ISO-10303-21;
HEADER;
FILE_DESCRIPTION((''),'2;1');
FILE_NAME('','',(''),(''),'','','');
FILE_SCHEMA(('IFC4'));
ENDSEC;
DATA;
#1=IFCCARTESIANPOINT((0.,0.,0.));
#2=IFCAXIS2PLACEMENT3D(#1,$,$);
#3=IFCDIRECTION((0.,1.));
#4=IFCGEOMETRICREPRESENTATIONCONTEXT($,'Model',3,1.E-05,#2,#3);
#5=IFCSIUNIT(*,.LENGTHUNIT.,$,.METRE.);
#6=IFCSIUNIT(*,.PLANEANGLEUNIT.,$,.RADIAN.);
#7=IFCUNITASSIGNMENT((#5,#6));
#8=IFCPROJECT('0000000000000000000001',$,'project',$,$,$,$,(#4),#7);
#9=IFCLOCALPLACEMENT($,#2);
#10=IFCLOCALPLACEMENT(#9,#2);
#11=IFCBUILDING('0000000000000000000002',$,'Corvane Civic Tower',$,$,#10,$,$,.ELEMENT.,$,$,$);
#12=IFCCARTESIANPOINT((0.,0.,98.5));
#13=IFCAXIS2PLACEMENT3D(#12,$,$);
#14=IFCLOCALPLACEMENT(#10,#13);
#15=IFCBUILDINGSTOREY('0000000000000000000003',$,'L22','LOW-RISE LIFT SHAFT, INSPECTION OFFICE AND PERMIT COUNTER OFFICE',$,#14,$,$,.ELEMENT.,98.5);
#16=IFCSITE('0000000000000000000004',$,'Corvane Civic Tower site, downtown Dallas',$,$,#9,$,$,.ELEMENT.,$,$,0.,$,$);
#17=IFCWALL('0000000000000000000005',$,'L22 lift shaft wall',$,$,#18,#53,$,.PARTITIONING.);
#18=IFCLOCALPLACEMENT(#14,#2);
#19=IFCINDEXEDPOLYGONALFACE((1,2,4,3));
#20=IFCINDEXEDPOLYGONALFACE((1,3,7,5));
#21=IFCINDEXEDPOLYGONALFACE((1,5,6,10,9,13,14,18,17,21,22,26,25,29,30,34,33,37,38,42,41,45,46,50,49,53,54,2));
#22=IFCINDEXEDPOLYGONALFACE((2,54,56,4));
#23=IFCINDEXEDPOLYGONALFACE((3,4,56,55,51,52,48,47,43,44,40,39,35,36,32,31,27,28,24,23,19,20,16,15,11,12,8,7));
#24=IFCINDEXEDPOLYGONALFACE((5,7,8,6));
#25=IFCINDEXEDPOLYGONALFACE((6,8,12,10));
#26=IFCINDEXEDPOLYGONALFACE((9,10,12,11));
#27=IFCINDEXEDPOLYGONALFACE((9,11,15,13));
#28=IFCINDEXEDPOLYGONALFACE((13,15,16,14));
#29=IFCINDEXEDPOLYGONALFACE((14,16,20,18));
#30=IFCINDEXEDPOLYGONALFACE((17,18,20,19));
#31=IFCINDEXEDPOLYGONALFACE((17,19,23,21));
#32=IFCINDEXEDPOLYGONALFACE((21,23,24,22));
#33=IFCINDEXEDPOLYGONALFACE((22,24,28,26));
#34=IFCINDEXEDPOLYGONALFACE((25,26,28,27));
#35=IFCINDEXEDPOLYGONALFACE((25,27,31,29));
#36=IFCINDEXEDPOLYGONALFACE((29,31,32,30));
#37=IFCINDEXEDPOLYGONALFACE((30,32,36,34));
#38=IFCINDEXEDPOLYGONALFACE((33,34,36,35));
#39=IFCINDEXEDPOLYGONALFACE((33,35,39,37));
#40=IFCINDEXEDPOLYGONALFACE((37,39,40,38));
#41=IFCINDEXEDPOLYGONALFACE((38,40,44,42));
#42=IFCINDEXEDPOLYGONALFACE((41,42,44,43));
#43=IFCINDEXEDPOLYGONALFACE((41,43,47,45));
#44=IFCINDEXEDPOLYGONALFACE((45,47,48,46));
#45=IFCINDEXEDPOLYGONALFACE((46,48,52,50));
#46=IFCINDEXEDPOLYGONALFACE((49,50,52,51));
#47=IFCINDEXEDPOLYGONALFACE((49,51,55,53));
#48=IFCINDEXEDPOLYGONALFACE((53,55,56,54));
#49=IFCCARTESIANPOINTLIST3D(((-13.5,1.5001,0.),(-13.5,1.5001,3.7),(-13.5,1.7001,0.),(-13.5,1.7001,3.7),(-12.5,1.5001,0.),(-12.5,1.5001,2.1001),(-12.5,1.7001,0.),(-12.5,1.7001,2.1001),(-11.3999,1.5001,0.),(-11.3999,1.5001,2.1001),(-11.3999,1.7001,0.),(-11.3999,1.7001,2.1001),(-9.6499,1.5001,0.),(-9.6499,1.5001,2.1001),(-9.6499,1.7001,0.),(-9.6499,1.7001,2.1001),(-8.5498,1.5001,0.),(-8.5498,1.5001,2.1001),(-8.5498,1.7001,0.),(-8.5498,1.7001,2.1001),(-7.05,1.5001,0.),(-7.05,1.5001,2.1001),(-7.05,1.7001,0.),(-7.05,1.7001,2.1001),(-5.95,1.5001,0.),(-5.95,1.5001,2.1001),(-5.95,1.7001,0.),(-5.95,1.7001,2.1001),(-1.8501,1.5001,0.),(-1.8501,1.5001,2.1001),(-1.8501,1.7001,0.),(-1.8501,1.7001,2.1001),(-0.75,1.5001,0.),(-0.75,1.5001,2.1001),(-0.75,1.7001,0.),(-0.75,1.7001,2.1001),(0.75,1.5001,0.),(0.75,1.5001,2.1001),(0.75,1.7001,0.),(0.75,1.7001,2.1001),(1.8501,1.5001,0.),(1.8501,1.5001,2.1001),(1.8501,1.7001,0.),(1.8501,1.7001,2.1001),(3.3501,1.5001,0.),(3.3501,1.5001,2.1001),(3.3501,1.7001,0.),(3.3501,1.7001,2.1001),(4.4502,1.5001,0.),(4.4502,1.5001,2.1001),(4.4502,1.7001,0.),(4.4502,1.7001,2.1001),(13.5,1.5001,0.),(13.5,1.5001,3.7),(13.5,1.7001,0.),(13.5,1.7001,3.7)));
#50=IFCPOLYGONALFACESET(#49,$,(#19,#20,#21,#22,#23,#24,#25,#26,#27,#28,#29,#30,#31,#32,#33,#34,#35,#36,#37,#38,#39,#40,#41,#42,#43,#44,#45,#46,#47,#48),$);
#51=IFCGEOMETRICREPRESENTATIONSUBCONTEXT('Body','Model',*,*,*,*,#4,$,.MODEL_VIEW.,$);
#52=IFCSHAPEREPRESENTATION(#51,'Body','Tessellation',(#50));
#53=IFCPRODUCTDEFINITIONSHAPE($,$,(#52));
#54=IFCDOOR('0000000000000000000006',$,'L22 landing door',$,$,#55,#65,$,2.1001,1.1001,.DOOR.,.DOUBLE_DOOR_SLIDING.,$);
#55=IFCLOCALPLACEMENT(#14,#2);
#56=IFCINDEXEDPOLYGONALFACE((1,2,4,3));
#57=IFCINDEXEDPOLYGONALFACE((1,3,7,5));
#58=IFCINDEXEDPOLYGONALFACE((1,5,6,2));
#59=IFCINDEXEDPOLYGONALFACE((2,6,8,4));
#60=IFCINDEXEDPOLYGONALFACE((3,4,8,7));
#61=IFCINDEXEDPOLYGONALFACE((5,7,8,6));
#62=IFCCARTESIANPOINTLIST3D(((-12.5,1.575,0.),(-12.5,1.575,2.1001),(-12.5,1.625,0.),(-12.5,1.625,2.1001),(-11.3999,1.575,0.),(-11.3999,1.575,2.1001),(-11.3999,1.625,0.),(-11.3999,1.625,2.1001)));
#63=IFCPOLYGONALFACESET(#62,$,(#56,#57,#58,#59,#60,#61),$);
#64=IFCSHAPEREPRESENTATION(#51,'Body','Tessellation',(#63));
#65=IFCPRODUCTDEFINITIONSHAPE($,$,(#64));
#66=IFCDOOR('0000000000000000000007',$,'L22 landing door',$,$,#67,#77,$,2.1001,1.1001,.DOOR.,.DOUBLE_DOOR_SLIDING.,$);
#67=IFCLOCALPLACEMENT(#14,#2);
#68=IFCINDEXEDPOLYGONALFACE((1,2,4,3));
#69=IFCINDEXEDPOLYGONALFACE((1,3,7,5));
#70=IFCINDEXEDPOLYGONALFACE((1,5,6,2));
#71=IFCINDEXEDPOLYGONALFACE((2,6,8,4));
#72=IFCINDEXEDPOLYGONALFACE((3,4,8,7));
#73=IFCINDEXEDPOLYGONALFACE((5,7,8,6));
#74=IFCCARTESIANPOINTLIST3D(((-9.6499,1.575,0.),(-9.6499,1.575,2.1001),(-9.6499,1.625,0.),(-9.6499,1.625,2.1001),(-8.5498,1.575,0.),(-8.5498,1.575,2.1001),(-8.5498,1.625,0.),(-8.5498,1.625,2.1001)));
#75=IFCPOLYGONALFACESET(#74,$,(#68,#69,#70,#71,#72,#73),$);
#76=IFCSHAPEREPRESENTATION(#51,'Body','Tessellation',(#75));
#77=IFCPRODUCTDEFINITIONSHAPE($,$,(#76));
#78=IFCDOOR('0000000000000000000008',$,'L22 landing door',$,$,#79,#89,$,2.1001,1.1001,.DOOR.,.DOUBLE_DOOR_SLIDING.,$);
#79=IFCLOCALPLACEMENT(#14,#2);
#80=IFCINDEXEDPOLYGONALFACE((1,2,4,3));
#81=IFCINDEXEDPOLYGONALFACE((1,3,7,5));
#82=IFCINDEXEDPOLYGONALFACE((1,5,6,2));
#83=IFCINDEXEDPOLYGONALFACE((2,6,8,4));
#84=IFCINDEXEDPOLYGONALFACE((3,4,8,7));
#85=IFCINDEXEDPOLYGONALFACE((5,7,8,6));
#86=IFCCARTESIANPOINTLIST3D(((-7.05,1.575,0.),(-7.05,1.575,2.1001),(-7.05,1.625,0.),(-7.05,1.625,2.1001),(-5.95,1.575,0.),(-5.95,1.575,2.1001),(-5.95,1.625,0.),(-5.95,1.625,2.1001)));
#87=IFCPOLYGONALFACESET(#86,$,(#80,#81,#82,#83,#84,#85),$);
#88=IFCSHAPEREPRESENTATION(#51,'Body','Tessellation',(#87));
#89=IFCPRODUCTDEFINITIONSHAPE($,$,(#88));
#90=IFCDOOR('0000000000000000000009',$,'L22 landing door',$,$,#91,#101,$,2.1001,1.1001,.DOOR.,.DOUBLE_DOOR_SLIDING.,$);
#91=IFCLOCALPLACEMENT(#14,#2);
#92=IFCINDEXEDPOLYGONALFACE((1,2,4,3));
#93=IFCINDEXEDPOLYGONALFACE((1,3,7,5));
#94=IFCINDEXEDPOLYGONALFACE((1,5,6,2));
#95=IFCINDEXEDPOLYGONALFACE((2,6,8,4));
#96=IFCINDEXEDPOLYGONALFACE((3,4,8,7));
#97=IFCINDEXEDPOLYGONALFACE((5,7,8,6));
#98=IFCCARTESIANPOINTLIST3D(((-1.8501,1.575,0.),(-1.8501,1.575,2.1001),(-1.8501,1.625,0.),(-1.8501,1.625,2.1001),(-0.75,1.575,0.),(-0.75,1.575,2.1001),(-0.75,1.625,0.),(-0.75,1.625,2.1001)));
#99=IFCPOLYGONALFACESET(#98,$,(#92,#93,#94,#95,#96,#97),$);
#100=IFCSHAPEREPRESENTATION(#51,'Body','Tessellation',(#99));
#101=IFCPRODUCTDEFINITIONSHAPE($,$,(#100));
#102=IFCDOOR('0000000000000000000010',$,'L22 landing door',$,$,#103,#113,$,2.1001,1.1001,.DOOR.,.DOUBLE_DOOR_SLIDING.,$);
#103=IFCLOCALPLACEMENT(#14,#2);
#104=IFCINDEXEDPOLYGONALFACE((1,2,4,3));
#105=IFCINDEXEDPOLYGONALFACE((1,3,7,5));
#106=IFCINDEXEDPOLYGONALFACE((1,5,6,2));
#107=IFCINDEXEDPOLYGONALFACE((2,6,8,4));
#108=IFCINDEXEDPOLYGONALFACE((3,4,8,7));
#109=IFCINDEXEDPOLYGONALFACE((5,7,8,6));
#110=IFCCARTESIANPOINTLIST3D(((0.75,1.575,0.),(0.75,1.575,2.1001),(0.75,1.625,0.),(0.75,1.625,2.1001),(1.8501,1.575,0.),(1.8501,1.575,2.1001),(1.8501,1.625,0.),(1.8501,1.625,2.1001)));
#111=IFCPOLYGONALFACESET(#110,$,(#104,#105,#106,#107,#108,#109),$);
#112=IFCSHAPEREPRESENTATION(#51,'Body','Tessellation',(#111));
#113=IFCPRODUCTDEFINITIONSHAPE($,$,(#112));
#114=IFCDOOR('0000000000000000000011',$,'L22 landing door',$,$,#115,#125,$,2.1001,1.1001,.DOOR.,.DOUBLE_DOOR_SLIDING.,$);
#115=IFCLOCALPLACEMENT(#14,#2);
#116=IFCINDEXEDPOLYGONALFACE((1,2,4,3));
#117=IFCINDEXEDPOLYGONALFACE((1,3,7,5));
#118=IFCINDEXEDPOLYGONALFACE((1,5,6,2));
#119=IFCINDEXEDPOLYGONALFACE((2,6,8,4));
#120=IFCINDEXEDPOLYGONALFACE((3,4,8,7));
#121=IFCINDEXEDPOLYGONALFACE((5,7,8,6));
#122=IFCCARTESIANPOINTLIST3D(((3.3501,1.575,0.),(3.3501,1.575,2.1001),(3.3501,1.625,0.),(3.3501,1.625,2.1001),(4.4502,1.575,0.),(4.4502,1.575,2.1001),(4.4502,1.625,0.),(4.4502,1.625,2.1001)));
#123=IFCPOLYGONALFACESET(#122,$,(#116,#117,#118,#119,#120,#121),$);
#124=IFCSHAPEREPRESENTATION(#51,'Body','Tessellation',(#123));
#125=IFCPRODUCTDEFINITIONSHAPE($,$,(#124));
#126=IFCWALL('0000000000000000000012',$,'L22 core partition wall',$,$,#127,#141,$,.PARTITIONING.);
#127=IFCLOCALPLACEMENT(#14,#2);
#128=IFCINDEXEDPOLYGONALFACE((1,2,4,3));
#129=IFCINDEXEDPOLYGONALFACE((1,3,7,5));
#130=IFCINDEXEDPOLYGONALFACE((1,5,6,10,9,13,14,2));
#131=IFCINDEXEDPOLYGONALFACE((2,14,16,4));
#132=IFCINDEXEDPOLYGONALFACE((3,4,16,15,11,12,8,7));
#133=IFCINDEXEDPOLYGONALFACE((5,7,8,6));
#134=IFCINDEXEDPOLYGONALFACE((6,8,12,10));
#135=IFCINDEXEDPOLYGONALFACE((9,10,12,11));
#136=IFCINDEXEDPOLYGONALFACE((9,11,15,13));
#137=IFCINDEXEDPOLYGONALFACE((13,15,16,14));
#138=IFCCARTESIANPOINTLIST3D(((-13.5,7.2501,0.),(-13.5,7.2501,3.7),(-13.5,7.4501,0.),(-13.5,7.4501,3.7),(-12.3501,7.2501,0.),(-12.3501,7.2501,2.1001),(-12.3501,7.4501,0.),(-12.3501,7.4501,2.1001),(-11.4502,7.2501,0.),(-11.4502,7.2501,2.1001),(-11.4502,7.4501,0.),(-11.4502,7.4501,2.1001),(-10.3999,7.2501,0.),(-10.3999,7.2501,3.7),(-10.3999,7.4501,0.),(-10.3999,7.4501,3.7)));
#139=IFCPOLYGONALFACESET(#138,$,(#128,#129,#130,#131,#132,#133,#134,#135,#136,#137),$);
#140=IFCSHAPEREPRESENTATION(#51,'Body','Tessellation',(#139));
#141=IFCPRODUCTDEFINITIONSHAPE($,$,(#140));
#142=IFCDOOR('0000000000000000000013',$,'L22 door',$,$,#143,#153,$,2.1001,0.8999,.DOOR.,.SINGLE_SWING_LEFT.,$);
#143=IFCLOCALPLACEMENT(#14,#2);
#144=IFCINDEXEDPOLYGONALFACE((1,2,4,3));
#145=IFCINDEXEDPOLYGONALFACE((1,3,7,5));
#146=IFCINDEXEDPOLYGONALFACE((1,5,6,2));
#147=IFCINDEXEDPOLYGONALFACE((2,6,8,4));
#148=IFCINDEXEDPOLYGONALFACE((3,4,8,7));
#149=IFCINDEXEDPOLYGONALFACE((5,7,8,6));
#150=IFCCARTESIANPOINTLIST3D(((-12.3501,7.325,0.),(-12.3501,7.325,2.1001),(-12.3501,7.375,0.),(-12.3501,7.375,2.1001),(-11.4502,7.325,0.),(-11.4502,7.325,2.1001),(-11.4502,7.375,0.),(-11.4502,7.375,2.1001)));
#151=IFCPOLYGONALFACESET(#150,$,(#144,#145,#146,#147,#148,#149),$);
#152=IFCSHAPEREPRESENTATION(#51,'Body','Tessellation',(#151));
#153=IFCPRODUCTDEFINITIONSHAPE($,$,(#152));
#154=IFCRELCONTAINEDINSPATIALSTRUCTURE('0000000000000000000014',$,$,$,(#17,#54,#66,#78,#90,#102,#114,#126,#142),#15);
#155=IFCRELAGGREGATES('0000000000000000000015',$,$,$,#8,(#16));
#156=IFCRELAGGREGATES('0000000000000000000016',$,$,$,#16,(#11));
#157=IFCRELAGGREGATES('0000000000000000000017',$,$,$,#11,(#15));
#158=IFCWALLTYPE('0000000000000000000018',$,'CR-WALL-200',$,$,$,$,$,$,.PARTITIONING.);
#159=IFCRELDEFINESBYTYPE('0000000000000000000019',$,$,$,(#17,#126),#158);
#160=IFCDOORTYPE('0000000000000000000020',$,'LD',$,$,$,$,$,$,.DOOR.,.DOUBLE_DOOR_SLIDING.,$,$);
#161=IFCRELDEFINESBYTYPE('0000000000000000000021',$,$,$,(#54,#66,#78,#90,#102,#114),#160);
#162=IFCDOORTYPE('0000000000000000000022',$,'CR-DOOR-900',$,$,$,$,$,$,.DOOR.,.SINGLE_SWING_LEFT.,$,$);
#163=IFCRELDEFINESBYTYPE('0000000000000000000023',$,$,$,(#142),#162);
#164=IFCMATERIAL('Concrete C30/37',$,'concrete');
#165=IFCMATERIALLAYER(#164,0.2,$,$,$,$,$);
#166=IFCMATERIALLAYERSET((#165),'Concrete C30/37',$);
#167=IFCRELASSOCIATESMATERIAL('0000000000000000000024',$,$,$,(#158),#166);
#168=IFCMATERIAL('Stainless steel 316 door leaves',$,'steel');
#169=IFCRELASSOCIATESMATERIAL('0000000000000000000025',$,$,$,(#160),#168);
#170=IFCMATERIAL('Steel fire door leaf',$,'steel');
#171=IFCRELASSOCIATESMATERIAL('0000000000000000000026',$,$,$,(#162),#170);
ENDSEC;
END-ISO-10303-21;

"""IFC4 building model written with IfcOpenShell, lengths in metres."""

from ifc_helpers import new_model, si_unit, direction, frame, frame_2d, origin, place, context, subcontext, project, spatial, rectangle, extrude, material, layer, layer_set, type_object, element, fill, save


model = new_model("IFC4")

# Units and contexts
model_context = context("Model", 3, precision=1e-05, world=origin(), true_north=direction((0.0, 1.0)))
body_context = subcontext(model_context, "Body", "Model", "MODEL_VIEW")
ifc_project = project(units=[si_unit("LENGTHUNIT", "METRE"), si_unit("PLANEANGLEUNIT", "RADIAN")], contexts=[model_context])

# Site, building, storey
site_placement = place(None, origin())
site = spatial("IfcSite", under=ifc_project, at=site_placement, Name="Corvane Civic Tower site, downtown Dallas", CompositionType="ELEMENT", RefElevation=0.0)
building_placement = place(site_placement, origin())
building = spatial("IfcBuilding", under=site, at=building_placement, Name="Corvane Civic Tower", CompositionType="ELEMENT")
storey_placement = place(building_placement, frame((0.0, 0.0, 98.5)))
storey = spatial("IfcBuildingStorey", under=building, at=storey_placement, Name="L22", Description="LOW-RISE LIFT SHAFT, INSPECTION OFFICE AND PERMIT COUNTER OFFICE", CompositionType="ELEMENT", Elevation=98.5)

# Wall, openings, doors
ifc_material_1 = material(Name="Concrete C30/37", Category="concrete")
ifc_layer_1 = layer(ifc_material_1, 0.2)
ifc_layer_set_1 = layer_set([ifc_layer_1], Name="Concrete C30/37")
wall_type_1 = type_object("IfcWallType", Name="CR-WALL-200", PredefinedType="PARTITIONING", material=ifc_layer_set_1)
wall_1_placement = place(storey_placement, frame((-13.5, 1.6001, 0.0), z_axis=(0.0, 0.0, 1.0), x_axis=(1.0, 0.0, 0.0)))
wall_1 = element("IfcWall", 1, at=wall_1_placement, inside=storey, type_object=wall_type_1, Name="L22 lift shaft wall", PredefinedType="PARTITIONING", context=body_context, shape_type="SweptSolid", body=[
    extrude(rectangle(XDim=27.0, YDim=0.2, at=frame_2d((13.5, 0.0))), origin(), (0.0, 0.0, 1.0), 3.7),
])
opening_1_placement = place(wall_1_placement, frame((1.0, 0.0, 0.0)))
opening_1 = element("IfcOpeningElement", 2, at=opening_1_placement, cuts=wall_1, PredefinedType="OPENING", context=body_context, shape_type="SweptSolid", body=[
    extrude(rectangle(XDim=1.1001, YDim=2.1001, at=frame_2d((0.55, 1.05))), frame((0.0, 0.1099, 0.0), z_axis=(0.0, -1.0, 0.0), x_axis=(1.0, 0.0, 0.0)), (0.0, 0.0, 1.0), 0.22),
])
opening_2_placement = place(wall_1_placement, frame((3.8501, 0.0, 0.0)))
opening_2 = element("IfcOpeningElement", 3, at=opening_2_placement, cuts=wall_1, PredefinedType="OPENING", context=body_context, shape_type="SweptSolid", body=[
    extrude(rectangle(XDim=1.1001, YDim=2.1001, at=frame_2d((0.55, 1.05))), frame((0.0, 0.1099, 0.0), z_axis=(0.0, -1.0, 0.0), x_axis=(1.0, 0.0, 0.0)), (0.0, 0.0, 1.0), 0.22),
])
opening_3_placement = place(wall_1_placement, frame((6.45, 0.0, 0.0)))
opening_3 = element("IfcOpeningElement", 4, at=opening_3_placement, cuts=wall_1, PredefinedType="OPENING", context=body_context, shape_type="SweptSolid", body=[
    extrude(rectangle(XDim=1.1001, YDim=2.1001, at=frame_2d((0.55, 1.05))), frame((0.0, 0.1099, 0.0), z_axis=(0.0, -1.0, 0.0), x_axis=(1.0, 0.0, 0.0)), (0.0, 0.0, 1.0), 0.22),
])
opening_4_placement = place(wall_1_placement, frame((11.6499, 0.0, 0.0)))
opening_4 = element("IfcOpeningElement", 5, at=opening_4_placement, cuts=wall_1, PredefinedType="OPENING", context=body_context, shape_type="SweptSolid", body=[
    extrude(rectangle(XDim=1.1001, YDim=2.1001, at=frame_2d((0.55, 1.05))), frame((0.0, 0.1099, 0.0), z_axis=(0.0, -1.0, 0.0), x_axis=(1.0, 0.0, 0.0)), (0.0, 0.0, 1.0), 0.22),
])
opening_5_placement = place(wall_1_placement, frame((14.25, 0.0, 0.0)))
opening_5 = element("IfcOpeningElement", 6, at=opening_5_placement, cuts=wall_1, PredefinedType="OPENING", context=body_context, shape_type="SweptSolid", body=[
    extrude(rectangle(XDim=1.1001, YDim=2.1001, at=frame_2d((0.55, 1.05))), frame((0.0, 0.1099, 0.0), z_axis=(0.0, -1.0, 0.0), x_axis=(1.0, 0.0, 0.0)), (0.0, 0.0, 1.0), 0.22),
])
opening_6_placement = place(wall_1_placement, frame((16.8501, 0.0, 0.0)))
opening_6 = element("IfcOpeningElement", 7, at=opening_6_placement, cuts=wall_1, PredefinedType="OPENING", context=body_context, shape_type="SweptSolid", body=[
    extrude(rectangle(XDim=1.1001, YDim=2.1001, at=frame_2d((0.55, 1.05))), frame((0.0, 0.1099, 0.0), z_axis=(0.0, -1.0, 0.0), x_axis=(1.0, 0.0, 0.0)), (0.0, 0.0, 1.0), 0.22),
])
ifc_material_2 = material(Name="Stainless steel 316 door leaves", Category="steel")
door_type_1 = type_object("IfcDoorType", Name="LD", OperationType="DOUBLE_DOOR_SLIDING", PredefinedType="DOOR", material=ifc_material_2)
door_1_placement = place(opening_1_placement, origin())
door_1 = element("IfcDoor", 8, at=door_1_placement, inside=storey, type_object=door_type_1, Name="L22 landing door", OperationType="DOUBLE_DOOR_SLIDING", OverallHeight=2.1001, OverallWidth=1.1001, PredefinedType="DOOR", context=body_context, shape_type="SweptSolid", body=[
    extrude(rectangle(XDim=1.1001, YDim=2.1001, at=frame_2d((0.55, 1.05))), frame((0.0, 0.0249, 0.0), z_axis=(0.0, -1.0, 0.0), x_axis=(1.0, 0.0, 0.0)), (0.0, 0.0, 1.0), 0.05),
])
fill(opening_1, door_1)
door_2_placement = place(opening_2_placement, origin())
door_2 = element("IfcDoor", 9, at=door_2_placement, inside=storey, type_object=door_type_1, Name="L22 landing door", OperationType="DOUBLE_DOOR_SLIDING", OverallHeight=2.1001, OverallWidth=1.1001, PredefinedType="DOOR", context=body_context, shape_type="SweptSolid", body=[
    extrude(rectangle(XDim=1.1001, YDim=2.1001, at=frame_2d((0.55, 1.05))), frame((0.0, 0.0249, 0.0), z_axis=(0.0, -1.0, 0.0), x_axis=(1.0, 0.0, 0.0)), (0.0, 0.0, 1.0), 0.05),
])
fill(opening_2, door_2)
door_3_placement = place(opening_3_placement, origin())
door_3 = element("IfcDoor", 10, at=door_3_placement, inside=storey, type_object=door_type_1, Name="L22 landing door", OperationType="DOUBLE_DOOR_SLIDING", OverallHeight=2.1001, OverallWidth=1.1001, PredefinedType="DOOR", context=body_context, shape_type="SweptSolid", body=[
    extrude(rectangle(XDim=1.1001, YDim=2.1001, at=frame_2d((0.55, 1.05))), frame((0.0, 0.0249, 0.0), z_axis=(0.0, -1.0, 0.0), x_axis=(1.0, 0.0, 0.0)), (0.0, 0.0, 1.0), 0.05),
])
fill(opening_3, door_3)
door_4_placement = place(opening_4_placement, origin())
door_4 = element("IfcDoor", 11, at=door_4_placement, inside=storey, type_object=door_type_1, Name="L22 landing door", OperationType="DOUBLE_DOOR_SLIDING", OverallHeight=2.1001, OverallWidth=1.1001, PredefinedType="DOOR", context=body_context, shape_type="SweptSolid", body=[
    extrude(rectangle(XDim=1.1001, YDim=2.1001, at=frame_2d((0.55, 1.05))), frame((0.0, 0.0249, 0.0), z_axis=(0.0, -1.0, 0.0), x_axis=(1.0, 0.0, 0.0)), (0.0, 0.0, 1.0), 0.05),
])
fill(opening_4, door_4)
door_5_placement = place(opening_5_placement, origin())
door_5 = element("IfcDoor", 12, at=door_5_placement, inside=storey, type_object=door_type_1, Name="L22 landing door", OperationType="DOUBLE_DOOR_SLIDING", OverallHeight=2.1001, OverallWidth=1.1001, PredefinedType="DOOR", context=body_context, shape_type="SweptSolid", body=[
    extrude(rectangle(XDim=1.1001, YDim=2.1001, at=frame_2d((0.55, 1.05))), frame((0.0, 0.0249, 0.0), z_axis=(0.0, -1.0, 0.0), x_axis=(1.0, 0.0, 0.0)), (0.0, 0.0, 1.0), 0.05),
])
fill(opening_5, door_5)
door_6_placement = place(opening_6_placement, origin())
door_6 = element("IfcDoor", 13, at=door_6_placement, inside=storey, type_object=door_type_1, Name="L22 landing door", OperationType="DOUBLE_DOOR_SLIDING", OverallHeight=2.1001, OverallWidth=1.1001, PredefinedType="DOOR", context=body_context, shape_type="SweptSolid", body=[
    extrude(rectangle(XDim=1.1001, YDim=2.1001, at=frame_2d((0.55, 1.05))), frame((0.0, 0.0249, 0.0), z_axis=(0.0, -1.0, 0.0), x_axis=(1.0, 0.0, 0.0)), (0.0, 0.0, 1.0), 0.05),
])
fill(opening_6, door_6)

# Wall, opening, door
wall_2_placement = place(storey_placement, frame((-13.5, 7.3501, 0.0), z_axis=(0.0, 0.0, 1.0), x_axis=(1.0, 0.0, 0.0)))
wall_2 = element("IfcWall", 14, at=wall_2_placement, inside=storey, type_object=wall_type_1, Name="L22 core partition wall", PredefinedType="PARTITIONING", context=body_context, shape_type="SweptSolid", body=[
    extrude(rectangle(XDim=3.1001, YDim=0.2, at=frame_2d((1.55, 0.0))), origin(), (0.0, 0.0, 1.0), 3.7),
])
opening_7_placement = place(wall_2_placement, frame((1.1499, 0.0, 0.0)))
opening_7 = element("IfcOpeningElement", 15, at=opening_7_placement, cuts=wall_2, PredefinedType="OPENING", context=body_context, shape_type="SweptSolid", body=[
    extrude(rectangle(XDim=0.8999, YDim=2.1001, at=frame_2d((0.45, 1.05))), frame((0.0, 0.1099, 0.0), z_axis=(0.0, -1.0, 0.0), x_axis=(1.0, 0.0, 0.0)), (0.0, 0.0, 1.0), 0.22),
])
ifc_material_3 = material(Name="Steel fire door leaf", Category="steel")
door_type_2 = type_object("IfcDoorType", Name="CR-DOOR-900", OperationType="SINGLE_SWING_LEFT", PredefinedType="DOOR", material=ifc_material_3)
door_7_placement = place(opening_7_placement, origin())
door_7 = element("IfcDoor", 16, at=door_7_placement, inside=storey, type_object=door_type_2, Name="L22 door", OperationType="SINGLE_SWING_LEFT", OverallHeight=2.1001, OverallWidth=0.8999, PredefinedType="DOOR", context=body_context, shape_type="SweptSolid", body=[
    extrude(rectangle(XDim=0.8999, YDim=2.1001, at=frame_2d((0.45, 1.05))), frame((0.0, 0.0249, 0.0), z_axis=(0.0, -1.0, 0.0), x_axis=(1.0, 0.0, 0.0)), (0.0, 0.0, 1.0), 0.05),
])
fill(opening_7, door_7)

save(model, "model.ifc")
